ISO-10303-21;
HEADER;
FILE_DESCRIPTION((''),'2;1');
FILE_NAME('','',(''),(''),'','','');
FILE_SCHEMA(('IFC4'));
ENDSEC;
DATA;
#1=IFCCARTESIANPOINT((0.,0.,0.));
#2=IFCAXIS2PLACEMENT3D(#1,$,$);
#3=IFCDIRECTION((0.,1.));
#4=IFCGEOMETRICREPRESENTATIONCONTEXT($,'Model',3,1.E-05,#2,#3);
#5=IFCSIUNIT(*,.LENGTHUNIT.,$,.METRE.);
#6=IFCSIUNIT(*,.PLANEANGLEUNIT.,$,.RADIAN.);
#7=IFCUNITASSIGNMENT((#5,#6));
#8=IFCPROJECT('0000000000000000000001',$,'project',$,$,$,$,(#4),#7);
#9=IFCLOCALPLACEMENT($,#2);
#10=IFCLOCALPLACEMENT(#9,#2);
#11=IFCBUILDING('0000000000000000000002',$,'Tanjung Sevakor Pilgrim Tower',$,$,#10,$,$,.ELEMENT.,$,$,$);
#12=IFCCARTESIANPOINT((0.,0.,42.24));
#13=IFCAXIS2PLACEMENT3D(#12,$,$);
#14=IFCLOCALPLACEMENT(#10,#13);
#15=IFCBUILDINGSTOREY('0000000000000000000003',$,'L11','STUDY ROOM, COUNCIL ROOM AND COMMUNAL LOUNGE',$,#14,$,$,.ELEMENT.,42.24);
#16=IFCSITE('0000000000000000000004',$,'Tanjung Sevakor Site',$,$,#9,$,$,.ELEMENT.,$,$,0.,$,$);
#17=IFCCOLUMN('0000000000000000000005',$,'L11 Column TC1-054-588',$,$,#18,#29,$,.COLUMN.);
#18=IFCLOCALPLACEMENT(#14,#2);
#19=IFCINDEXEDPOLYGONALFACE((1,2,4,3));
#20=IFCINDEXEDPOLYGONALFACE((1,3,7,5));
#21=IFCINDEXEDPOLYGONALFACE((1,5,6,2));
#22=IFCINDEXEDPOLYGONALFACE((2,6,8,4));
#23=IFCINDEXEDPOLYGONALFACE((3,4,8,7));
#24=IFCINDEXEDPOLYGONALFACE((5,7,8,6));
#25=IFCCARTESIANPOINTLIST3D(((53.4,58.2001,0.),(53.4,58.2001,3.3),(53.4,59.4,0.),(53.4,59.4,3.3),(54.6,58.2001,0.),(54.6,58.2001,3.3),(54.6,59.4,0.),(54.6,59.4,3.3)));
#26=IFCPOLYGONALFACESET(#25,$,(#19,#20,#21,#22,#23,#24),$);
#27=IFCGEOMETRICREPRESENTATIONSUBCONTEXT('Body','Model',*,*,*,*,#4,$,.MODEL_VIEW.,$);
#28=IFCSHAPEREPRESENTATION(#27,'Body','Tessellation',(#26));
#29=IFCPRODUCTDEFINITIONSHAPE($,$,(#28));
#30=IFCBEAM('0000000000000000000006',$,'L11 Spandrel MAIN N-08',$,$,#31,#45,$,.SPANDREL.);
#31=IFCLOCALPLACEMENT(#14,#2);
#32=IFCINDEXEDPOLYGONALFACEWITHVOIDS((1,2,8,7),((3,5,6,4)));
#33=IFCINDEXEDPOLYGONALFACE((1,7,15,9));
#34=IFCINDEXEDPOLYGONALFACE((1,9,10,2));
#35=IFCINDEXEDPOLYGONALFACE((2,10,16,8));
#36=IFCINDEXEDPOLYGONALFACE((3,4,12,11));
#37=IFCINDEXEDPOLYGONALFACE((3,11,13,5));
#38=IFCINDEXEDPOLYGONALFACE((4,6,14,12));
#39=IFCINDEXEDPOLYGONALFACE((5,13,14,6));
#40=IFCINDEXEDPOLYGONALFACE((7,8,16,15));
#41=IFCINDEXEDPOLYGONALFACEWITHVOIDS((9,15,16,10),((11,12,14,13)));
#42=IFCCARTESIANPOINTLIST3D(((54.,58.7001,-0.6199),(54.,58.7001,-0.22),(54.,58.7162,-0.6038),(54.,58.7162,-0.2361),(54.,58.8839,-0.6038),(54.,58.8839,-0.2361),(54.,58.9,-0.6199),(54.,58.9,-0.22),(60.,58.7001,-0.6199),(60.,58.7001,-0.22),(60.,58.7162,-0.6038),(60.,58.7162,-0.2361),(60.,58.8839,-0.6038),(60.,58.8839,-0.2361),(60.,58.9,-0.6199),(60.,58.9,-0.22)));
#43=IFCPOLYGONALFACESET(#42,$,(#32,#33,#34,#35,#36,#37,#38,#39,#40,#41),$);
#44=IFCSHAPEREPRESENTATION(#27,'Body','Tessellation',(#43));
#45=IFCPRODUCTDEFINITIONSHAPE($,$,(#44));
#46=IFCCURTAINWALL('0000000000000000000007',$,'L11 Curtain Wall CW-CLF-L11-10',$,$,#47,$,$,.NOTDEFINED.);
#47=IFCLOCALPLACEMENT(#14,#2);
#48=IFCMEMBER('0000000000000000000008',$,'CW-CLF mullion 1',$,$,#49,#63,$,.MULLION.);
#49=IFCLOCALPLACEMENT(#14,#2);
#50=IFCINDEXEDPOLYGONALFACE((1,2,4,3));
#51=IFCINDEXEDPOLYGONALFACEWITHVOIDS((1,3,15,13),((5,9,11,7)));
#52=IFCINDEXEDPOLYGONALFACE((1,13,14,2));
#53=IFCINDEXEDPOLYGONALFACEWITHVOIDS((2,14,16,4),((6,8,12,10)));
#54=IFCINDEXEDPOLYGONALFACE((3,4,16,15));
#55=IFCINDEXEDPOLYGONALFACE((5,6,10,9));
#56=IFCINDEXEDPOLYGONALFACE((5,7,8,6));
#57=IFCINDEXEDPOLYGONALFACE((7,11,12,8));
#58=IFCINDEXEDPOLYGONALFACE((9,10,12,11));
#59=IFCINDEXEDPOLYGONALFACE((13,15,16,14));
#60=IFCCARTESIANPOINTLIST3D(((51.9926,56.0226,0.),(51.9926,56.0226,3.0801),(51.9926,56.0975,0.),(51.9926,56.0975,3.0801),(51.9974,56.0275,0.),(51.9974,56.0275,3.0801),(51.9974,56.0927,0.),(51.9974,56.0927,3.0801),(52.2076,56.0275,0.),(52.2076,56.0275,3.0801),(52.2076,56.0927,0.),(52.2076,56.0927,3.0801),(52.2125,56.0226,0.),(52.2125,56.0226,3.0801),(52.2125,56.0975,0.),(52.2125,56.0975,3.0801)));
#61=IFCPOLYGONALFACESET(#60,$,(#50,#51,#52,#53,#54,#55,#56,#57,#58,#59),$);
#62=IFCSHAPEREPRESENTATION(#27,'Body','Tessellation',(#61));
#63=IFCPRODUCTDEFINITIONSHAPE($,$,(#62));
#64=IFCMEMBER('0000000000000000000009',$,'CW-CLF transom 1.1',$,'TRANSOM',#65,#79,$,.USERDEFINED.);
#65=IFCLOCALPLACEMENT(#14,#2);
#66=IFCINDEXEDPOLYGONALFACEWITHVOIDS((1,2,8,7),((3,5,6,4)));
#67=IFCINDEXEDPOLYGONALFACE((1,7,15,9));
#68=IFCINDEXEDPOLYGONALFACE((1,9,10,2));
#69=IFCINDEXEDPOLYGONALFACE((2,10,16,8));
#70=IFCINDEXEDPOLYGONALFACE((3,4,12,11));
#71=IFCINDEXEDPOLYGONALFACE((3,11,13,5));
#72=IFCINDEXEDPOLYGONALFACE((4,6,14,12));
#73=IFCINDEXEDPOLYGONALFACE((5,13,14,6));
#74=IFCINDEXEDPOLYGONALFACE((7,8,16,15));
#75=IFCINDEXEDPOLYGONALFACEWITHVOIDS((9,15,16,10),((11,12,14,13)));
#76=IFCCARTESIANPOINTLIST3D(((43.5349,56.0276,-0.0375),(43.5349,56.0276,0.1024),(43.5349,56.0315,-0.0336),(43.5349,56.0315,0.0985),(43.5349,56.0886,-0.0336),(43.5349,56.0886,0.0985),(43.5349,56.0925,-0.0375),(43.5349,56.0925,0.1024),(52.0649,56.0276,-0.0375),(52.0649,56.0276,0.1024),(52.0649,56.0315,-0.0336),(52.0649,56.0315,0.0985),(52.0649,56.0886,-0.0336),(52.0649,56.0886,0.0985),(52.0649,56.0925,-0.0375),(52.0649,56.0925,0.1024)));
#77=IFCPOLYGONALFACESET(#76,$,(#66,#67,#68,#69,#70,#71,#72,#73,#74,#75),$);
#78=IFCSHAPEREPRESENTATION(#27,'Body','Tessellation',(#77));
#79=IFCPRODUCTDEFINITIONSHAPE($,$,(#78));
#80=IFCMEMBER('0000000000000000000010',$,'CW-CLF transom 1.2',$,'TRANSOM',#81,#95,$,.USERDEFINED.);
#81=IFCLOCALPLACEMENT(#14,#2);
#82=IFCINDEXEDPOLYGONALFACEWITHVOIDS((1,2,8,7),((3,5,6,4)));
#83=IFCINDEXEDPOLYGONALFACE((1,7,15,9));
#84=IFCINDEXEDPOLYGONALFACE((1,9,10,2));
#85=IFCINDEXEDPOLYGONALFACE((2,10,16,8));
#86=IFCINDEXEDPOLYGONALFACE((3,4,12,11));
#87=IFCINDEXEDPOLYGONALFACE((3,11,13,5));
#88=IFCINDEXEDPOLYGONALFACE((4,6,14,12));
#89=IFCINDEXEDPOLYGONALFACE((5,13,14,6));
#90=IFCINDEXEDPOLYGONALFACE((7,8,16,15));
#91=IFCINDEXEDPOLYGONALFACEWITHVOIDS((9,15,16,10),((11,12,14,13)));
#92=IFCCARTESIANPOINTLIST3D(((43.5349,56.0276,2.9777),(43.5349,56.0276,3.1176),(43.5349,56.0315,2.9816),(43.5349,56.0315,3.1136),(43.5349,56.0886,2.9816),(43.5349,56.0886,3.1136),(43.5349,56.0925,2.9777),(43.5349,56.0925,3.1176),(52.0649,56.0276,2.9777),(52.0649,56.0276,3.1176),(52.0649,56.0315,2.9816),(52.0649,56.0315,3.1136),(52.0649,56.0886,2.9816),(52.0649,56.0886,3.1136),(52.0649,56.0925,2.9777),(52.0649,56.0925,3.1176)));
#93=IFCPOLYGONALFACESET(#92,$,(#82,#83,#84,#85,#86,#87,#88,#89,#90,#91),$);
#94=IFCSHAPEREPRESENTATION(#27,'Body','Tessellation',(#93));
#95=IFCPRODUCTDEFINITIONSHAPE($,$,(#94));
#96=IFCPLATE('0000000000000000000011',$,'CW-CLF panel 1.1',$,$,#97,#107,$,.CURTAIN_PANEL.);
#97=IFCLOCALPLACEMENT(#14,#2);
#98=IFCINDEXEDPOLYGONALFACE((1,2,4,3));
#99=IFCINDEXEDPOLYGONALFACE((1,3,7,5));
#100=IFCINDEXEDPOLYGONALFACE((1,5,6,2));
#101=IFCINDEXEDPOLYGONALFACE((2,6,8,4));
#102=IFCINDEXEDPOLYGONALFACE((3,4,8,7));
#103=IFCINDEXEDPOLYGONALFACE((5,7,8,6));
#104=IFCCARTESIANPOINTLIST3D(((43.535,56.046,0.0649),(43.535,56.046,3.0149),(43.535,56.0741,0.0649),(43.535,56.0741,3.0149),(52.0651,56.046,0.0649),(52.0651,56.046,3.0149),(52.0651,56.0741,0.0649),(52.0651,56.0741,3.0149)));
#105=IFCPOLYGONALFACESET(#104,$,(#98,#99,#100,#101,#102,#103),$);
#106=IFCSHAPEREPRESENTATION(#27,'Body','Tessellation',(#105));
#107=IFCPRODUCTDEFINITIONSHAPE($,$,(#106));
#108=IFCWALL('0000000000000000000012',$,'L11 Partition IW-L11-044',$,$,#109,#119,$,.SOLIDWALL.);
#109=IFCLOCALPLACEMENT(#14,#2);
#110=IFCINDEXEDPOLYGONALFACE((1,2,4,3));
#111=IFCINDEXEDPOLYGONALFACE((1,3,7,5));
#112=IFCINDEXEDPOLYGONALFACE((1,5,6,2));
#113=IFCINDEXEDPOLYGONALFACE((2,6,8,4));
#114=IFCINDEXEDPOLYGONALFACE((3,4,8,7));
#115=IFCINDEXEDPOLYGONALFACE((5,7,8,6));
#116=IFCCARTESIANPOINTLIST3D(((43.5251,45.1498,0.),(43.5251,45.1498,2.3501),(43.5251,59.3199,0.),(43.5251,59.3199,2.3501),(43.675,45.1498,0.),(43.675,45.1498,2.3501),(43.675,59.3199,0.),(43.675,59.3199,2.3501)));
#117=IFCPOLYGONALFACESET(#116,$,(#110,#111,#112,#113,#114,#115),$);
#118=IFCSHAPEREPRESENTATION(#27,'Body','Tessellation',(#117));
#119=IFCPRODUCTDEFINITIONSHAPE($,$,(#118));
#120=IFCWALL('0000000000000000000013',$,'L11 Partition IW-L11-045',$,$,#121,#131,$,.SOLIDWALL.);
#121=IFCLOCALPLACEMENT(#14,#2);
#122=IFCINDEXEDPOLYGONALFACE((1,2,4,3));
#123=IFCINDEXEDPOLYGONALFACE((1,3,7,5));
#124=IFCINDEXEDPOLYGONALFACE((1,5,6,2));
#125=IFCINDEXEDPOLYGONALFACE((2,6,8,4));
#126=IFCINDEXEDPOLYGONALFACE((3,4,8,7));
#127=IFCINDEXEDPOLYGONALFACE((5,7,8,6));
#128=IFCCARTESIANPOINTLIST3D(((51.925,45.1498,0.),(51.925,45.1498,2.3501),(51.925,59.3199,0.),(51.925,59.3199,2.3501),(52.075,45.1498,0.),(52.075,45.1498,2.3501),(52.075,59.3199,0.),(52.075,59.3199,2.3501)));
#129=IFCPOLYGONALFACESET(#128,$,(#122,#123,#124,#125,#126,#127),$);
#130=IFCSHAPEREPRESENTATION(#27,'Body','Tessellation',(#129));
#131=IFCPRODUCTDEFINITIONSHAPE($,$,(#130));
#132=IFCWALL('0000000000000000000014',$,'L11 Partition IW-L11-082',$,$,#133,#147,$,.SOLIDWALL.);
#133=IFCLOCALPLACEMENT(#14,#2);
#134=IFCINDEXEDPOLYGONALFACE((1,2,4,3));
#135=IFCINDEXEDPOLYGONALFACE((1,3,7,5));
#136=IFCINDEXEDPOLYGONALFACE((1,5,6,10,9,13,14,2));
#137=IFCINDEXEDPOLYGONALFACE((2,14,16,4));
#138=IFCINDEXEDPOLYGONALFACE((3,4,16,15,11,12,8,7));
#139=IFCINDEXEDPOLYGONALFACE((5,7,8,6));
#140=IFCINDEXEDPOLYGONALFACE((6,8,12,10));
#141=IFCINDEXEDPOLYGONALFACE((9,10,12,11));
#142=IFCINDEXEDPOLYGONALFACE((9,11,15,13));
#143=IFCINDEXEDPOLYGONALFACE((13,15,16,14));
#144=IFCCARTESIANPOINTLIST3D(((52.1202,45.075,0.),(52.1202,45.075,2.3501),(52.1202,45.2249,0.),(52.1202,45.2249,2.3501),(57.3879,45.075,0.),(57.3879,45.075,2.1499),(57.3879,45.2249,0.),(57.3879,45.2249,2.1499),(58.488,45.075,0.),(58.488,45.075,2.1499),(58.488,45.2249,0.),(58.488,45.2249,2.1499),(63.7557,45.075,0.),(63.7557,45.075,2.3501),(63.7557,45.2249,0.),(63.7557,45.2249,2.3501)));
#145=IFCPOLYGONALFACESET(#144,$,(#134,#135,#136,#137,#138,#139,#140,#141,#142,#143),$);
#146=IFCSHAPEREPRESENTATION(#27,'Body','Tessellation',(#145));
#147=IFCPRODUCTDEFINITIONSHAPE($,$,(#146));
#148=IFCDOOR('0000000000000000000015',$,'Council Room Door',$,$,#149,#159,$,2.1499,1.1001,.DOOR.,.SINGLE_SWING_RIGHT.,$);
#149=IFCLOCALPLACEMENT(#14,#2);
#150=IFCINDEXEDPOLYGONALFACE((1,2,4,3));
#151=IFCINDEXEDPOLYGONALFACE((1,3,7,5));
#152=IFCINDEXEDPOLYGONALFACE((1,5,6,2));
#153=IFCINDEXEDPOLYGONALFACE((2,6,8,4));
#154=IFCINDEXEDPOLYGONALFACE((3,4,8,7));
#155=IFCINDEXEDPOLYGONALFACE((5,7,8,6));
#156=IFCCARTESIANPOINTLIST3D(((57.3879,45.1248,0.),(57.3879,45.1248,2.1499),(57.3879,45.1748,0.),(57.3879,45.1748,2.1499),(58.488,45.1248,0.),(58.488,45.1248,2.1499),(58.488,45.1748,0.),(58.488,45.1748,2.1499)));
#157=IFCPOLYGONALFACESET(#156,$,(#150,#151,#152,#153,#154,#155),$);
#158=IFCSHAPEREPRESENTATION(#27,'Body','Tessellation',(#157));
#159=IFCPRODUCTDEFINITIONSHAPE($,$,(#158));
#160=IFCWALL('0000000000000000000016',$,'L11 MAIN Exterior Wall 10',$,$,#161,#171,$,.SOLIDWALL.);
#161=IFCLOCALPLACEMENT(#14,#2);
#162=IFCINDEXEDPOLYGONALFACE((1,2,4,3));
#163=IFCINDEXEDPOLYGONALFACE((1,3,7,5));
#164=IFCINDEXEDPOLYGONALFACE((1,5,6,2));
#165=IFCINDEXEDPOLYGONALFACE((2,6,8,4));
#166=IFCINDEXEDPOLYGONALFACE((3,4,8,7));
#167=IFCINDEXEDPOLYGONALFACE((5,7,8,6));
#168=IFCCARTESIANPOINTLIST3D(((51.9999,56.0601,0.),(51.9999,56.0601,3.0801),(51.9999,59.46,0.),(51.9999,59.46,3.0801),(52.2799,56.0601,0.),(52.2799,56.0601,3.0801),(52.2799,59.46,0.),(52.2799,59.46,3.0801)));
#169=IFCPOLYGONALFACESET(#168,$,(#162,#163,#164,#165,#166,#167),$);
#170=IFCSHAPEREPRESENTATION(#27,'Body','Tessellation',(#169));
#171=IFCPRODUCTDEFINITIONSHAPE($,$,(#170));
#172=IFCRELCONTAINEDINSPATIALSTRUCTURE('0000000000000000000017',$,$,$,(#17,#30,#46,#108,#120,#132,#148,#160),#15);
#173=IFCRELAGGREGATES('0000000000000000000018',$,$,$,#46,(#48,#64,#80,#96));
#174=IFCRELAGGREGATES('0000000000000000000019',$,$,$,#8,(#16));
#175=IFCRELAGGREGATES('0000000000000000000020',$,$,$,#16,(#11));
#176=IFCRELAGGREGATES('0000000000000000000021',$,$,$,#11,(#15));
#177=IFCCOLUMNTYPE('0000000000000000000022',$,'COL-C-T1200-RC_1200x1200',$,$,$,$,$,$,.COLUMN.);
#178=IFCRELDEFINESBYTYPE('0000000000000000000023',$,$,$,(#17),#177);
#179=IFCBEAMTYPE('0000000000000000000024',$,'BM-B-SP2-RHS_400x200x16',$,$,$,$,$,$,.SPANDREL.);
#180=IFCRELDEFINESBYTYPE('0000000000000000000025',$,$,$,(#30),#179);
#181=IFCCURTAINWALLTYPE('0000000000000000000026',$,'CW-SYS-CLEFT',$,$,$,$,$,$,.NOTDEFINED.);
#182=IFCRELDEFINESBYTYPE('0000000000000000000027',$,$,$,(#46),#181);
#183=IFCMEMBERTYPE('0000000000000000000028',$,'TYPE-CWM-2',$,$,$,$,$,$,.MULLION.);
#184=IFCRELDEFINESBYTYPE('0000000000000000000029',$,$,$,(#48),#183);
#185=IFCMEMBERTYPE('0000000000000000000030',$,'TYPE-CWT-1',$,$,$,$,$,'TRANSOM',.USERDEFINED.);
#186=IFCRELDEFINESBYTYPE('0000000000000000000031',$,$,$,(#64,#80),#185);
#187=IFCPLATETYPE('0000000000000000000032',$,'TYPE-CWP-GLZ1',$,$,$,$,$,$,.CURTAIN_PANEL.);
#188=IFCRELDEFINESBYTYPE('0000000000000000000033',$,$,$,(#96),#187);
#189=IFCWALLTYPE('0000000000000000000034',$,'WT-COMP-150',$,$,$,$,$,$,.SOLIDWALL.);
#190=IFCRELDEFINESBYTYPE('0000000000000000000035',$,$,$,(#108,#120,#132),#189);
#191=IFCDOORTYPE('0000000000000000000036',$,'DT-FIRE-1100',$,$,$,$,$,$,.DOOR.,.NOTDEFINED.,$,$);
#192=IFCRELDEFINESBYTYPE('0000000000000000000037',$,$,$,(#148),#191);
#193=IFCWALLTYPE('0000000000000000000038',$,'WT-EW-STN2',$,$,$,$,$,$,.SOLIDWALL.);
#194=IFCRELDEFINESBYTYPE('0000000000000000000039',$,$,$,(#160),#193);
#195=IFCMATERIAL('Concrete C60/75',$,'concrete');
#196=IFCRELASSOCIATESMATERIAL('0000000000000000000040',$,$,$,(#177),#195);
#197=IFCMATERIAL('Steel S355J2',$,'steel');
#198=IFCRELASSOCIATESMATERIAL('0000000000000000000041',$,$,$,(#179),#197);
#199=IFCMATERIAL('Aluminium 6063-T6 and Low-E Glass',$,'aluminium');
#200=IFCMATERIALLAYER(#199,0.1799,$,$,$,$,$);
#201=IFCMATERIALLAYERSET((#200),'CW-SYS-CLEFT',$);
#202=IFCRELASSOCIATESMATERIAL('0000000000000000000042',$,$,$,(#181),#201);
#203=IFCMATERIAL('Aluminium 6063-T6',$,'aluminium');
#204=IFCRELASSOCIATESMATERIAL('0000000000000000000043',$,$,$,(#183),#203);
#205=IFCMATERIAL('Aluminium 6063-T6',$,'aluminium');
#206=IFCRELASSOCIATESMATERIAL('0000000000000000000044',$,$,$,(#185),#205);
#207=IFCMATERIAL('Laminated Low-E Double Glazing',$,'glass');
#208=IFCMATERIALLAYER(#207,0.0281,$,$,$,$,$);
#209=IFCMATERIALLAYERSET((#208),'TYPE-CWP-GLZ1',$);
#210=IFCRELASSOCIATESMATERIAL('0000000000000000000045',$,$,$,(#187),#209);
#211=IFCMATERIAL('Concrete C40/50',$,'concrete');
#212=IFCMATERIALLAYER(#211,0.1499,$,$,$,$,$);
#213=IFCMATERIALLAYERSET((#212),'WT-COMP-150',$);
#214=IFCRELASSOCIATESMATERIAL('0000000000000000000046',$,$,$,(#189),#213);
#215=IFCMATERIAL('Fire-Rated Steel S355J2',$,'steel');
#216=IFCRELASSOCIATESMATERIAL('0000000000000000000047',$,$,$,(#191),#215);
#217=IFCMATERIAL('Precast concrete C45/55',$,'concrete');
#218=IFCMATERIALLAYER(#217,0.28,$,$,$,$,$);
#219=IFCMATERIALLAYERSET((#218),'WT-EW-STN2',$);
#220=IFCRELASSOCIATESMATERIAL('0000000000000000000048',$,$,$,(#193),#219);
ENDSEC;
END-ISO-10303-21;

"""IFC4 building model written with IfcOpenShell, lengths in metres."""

from ifc_helpers import new_model, si_unit, direction, frame, frame_2d, origin, origin_2d, place, context, subcontext, project, spatial, rectangle, hollow_rectangle, extrude, material, layer, layer_set, material_profile, profile_set, type_object, element, fill, aggregate, save


model = new_model("IFC4")

# Units and contexts
model_context = context("Model", 3, precision=1e-05, world=origin(), true_north=direction((0.0, 1.0)))
body_context = subcontext(model_context, "Body", "Model", "MODEL_VIEW")
ifc_project = project(units=[si_unit("LENGTHUNIT", "METRE"), si_unit("PLANEANGLEUNIT", "RADIAN")], contexts=[model_context])

# Site, building, storey
site_placement = place(None, origin())
site = spatial("IfcSite", under=ifc_project, at=site_placement, Name="Tanjung Sevakor Site", CompositionType="ELEMENT", RefElevation=0.0)
building_placement = place(site_placement, origin())
building = spatial("IfcBuilding", under=site, at=building_placement, Name="Tanjung Sevakor Pilgrim Tower", CompositionType="ELEMENT")
storey_placement = place(building_placement, frame((0.0, 0.0, 42.24)))
storey = spatial("IfcBuildingStorey", under=building, at=storey_placement, Name="L11", Description="STUDY ROOM, COUNCIL ROOM AND COMMUNAL LOUNGE", CompositionType="ELEMENT", Elevation=42.24)

# Column
ifc_material_1 = material(Name="Concrete C60/75", Category="concrete")
ifc_material_profile_1 = material_profile(ifc_material_1, rectangle(XDim=1.2, YDim=1.2, at=origin_2d()))
ifc_profile_set_1 = profile_set([ifc_material_profile_1], Name="Concrete C60/75")
column_type = type_object("IfcColumnType", Name="COL-C-T1200-RC_1200x1200", PredefinedType="COLUMN", material=ifc_profile_set_1)
column_placement = place(storey_placement, frame((54.0, 58.8, 0.0), z_axis=(0.0, 0.0, 1.0), x_axis=(1.0, 0.0, 0.0)))
element("IfcColumn", 1, at=column_placement, inside=storey, type_object=column_type, Name="L11 Column TC1-054-588", PredefinedType="COLUMN", context=body_context, shape_type="SweptSolid", body=[
    extrude(rectangle(XDim=1.2, YDim=1.2, at=origin_2d()), origin(), (0.0, 0.0, 1.0), 3.3),
])

# Beam
ifc_material_2 = material(Name="Steel S355J2", Category="steel")
ifc_material_profile_2 = material_profile(ifc_material_2, hollow_rectangle(XDim=0.2, YDim=0.3999, WallThickness=0.0161, at=origin_2d()))
ifc_profile_set_2 = profile_set([ifc_material_profile_2], Name="Steel S355J2")
beam_type = type_object("IfcBeamType", Name="BM-B-SP2-RHS_400x200x16", PredefinedType="SPANDREL", material=ifc_profile_set_2)
beam_placement = place(storey_placement, frame((54.0, 58.8, -0.4199), z_axis=(1.0, 0.0, 0.0), x_axis=(0.0, 1.0, 0.0)))
element("IfcBeam", 2, at=beam_placement, inside=storey, type_object=beam_type, Name="L11 Spandrel MAIN N-08", PredefinedType="SPANDREL", context=body_context, shape_type="SweptSolid", body=[
    extrude(hollow_rectangle(XDim=0.2, YDim=0.3999, WallThickness=0.0161, at=origin_2d()), origin(), (0.0, 0.0, 1.0), 6.0),
])

# Curtain wall, members, plate
ifc_material_3 = material(Name="Aluminium 6063-T6 and Low-E Glass", Category="aluminium")
ifc_layer_1 = layer(ifc_material_3, 0.1799)
ifc_layer_set_1 = layer_set([ifc_layer_1], Name="CW-SYS-CLEFT")
curtain_wall_type = type_object("IfcCurtainWallType", Name="CW-SYS-CLEFT", PredefinedType="NOTDEFINED", material=ifc_layer_set_1)
curtain_wall_placement = place(storey_placement, origin())
curtain_wall = element("IfcCurtainWall", 3, at=curtain_wall_placement, inside=storey, type_object=curtain_wall_type, Name="L11 Curtain Wall CW-CLF-L11-10", PredefinedType="NOTDEFINED")
ifc_material_4 = material(Name="Aluminium 6063-T6", Category="aluminium")
ifc_material_profile_3 = material_profile(ifc_material_4, hollow_rectangle(XDim=0.075, YDim=0.22, WallThickness=0.0049, at=origin_2d()))
ifc_profile_set_3 = profile_set([ifc_material_profile_3], Name="Aluminium 6063-T6")
member_type_1 = type_object("IfcMemberType", Name="TYPE-CWM-2", PredefinedType="MULLION", material=ifc_profile_set_3)
member_1_placement = place(storey_placement, frame((52.1025, 56.0601, 0.0), z_axis=(0.0, 0.0, 1.0), x_axis=(0.0, -1.0, 0.0)))
member_1 = element("IfcMember", 4, at=member_1_placement, type_object=member_type_1, Name="CW-CLF mullion 1", PredefinedType="MULLION", context=body_context, shape_type="SweptSolid", body=[
    extrude(hollow_rectangle(XDim=0.075, YDim=0.22, WallThickness=0.0049, at=origin_2d()), origin(), (0.0, 0.0, 1.0), 3.0801),
])
ifc_material_5 = material(Name="Aluminium 6063-T6", Category="aluminium")
ifc_material_profile_4 = material_profile(ifc_material_5, hollow_rectangle(XDim=0.0649, YDim=0.1399, WallThickness=0.0039, at=origin_2d()))
ifc_profile_set_4 = profile_set([ifc_material_profile_4], Name="Aluminium 6063-T6")
member_type_2 = type_object("IfcMemberType", Name="TYPE-CWT-1", ElementType="TRANSOM", PredefinedType="USERDEFINED", material=ifc_profile_set_4)
member_2_placement = place(storey_placement, frame((52.0649, 56.0601, 0.0325), z_axis=(-1.0, 0.0, 0.0), x_axis=(0.0, -1.0, 0.0)))
member_2 = element("IfcMember", 5, at=member_2_placement, type_object=member_type_2, Name="CW-CLF transom 1.1", ObjectType="TRANSOM", PredefinedType="USERDEFINED", context=body_context, shape_type="SweptSolid", body=[
    extrude(hollow_rectangle(XDim=0.0649, YDim=0.1399, WallThickness=0.0039, at=origin_2d()), origin(), (0.0, 0.0, 1.0), 8.53),
])
member_3_placement = place(storey_placement, frame((52.0649, 56.0601, 3.0476), z_axis=(-1.0, 0.0, 0.0), x_axis=(0.0, -1.0, 0.0)))
member_3 = element("IfcMember", 6, at=member_3_placement, type_object=member_type_2, Name="CW-CLF transom 1.2", ObjectType="TRANSOM", PredefinedType="USERDEFINED", context=body_context, shape_type="SweptSolid", body=[
    extrude(hollow_rectangle(XDim=0.0649, YDim=0.1399, WallThickness=0.0039, at=origin_2d()), origin(), (0.0, 0.0, 1.0), 8.53),
])
ifc_material_6 = material(Name="Laminated Low-E Double Glazing", Category="glass")
ifc_layer_2 = layer(ifc_material_6, 0.0281)
ifc_layer_set_2 = layer_set([ifc_layer_2], Name="TYPE-CWP-GLZ1")
plate_type = type_object("IfcPlateType", Name="TYPE-CWP-GLZ1", PredefinedType="CURTAIN_PANEL", material=ifc_layer_set_2)
plate_placement = place(storey_placement, frame((47.8, 56.0601, 0.0649), z_axis=(0.0, 0.0, 1.0), x_axis=(-1.0, 0.0, 0.0)))
plate = element("IfcPlate", 7, at=plate_placement, type_object=plate_type, Name="CW-CLF panel 1.1", PredefinedType="CURTAIN_PANEL", context=body_context, shape_type="SweptSolid", body=[
    extrude(rectangle(XDim=8.53, YDim=0.0281, at=origin_2d()), origin(), (0.0, 0.0, 1.0), 2.95),
])
aggregate(curtain_wall, [member_1, member_2, member_3, plate])

# Walls
ifc_material_7 = material(Name="Concrete C40/50", Category="concrete")
ifc_layer_3 = layer(ifc_material_7, 0.1499)
ifc_layer_set_3 = layer_set([ifc_layer_3], Name="WT-COMP-150")
wall_type_1 = type_object("IfcWallType", Name="WT-COMP-150", PredefinedType="SOLIDWALL", material=ifc_layer_set_3)
for number, where, z_axis, x_axis, name in (
    (8, (43.6001, 45.1499, 0.0), (0.0, 0.0, 1.0), (0.0, 1.0, 0.0), "L11 Partition IW-L11-044"),
    (9, (52.0, 45.1499, 0.0), (0.0, 0.0, 1.0), (0.0, 1.0, 0.0), "L11 Partition IW-L11-045"),
):
    element("IfcWall", number, at=place(storey_placement, frame(where, z_axis=z_axis, x_axis=x_axis)), inside=storey, type_object=wall_type_1, Name=name, PredefinedType="SOLIDWALL", context=body_context, shape_type="SweptSolid", body=[
        extrude(rectangle(XDim=14.1702, YDim=0.1499, at=frame_2d((7.085, 0.0))), origin(), (0.0, 0.0, 1.0), 2.3501),
    ])

# Wall, opening, door
wall_1_placement = place(storey_placement, frame((52.1201, 45.1499, 0.0), z_axis=(0.0, 0.0, 1.0), x_axis=(1.0, 0.0, 0.0)))
wall_1 = element("IfcWall", 10, at=wall_1_placement, inside=storey, type_object=wall_type_1, Name="L11 Partition IW-L11-082", PredefinedType="SOLIDWALL", context=body_context, shape_type="SweptSolid", body=[
    extrude(rectangle(XDim=11.6355, YDim=0.1499, at=frame_2d((5.8179, 0.0))), origin(), (0.0, 0.0, 1.0), 2.3501),
])
opening_placement = place(wall_1_placement, frame((5.2678, 0.0, 0.0)))
opening = element("IfcOpeningElement", 11, at=opening_placement, cuts=wall_1, PredefinedType="OPENING", context=body_context, shape_type="SweptSolid", body=[
    extrude(rectangle(XDim=1.1001, YDim=2.1499, at=frame_2d((0.55, 1.075))), frame((0.0, 0.085, 0.0), z_axis=(0.0, -1.0, 0.0), x_axis=(1.0, 0.0, 0.0)), (0.0, 0.0, 1.0), 0.1699),
])
ifc_material_8 = material(Name="Fire-Rated Steel S355J2", Category="steel")
door_type = type_object("IfcDoorType", Name="DT-FIRE-1100", OperationType="NOTDEFINED", PredefinedType="DOOR", material=ifc_material_8)
door_placement = place(opening_placement, origin())
door = element("IfcDoor", 12, at=door_placement, inside=storey, type_object=door_type, Name="Council Room Door", OperationType="SINGLE_SWING_RIGHT", OverallHeight=2.1499, OverallWidth=1.1001, PredefinedType="DOOR", context=body_context, shape_type="SweptSolid", body=[
    extrude(rectangle(XDim=1.1001, YDim=2.1499, at=frame_2d((0.55, 1.075))), frame((0.0, 0.0249, 0.0), z_axis=(0.0, -1.0, 0.0), x_axis=(1.0, 0.0, 0.0)), (0.0, 0.0, 1.0), 0.05),
])
fill(opening, door)

# Wall
ifc_material_9 = material(Name="Precast concrete C45/55", Category="concrete")
ifc_layer_4 = layer(ifc_material_9, 0.28)
ifc_layer_set_4 = layer_set([ifc_layer_4], Name="WT-EW-STN2")
wall_type_2 = type_object("IfcWallType", Name="WT-EW-STN2", PredefinedType="SOLIDWALL", material=ifc_layer_set_4)
wall_2_placement = place(storey_placement, frame((52.1399, 59.46, 0.0), z_axis=(0.0, 0.0, 1.0), x_axis=(0.0, -1.0, 0.0)))
element("IfcWall", 13, at=wall_2_placement, inside=storey, type_object=wall_type_2, Name="L11 MAIN Exterior Wall 10", PredefinedType="SOLIDWALL", context=body_context, shape_type="SweptSolid", body=[
    extrude(rectangle(XDim=3.3999, YDim=0.28, at=frame_2d((1.7, 0.0))), origin(), (0.0, 0.0, 1.0), 3.0801),
])

save(model, "model.ifc")
